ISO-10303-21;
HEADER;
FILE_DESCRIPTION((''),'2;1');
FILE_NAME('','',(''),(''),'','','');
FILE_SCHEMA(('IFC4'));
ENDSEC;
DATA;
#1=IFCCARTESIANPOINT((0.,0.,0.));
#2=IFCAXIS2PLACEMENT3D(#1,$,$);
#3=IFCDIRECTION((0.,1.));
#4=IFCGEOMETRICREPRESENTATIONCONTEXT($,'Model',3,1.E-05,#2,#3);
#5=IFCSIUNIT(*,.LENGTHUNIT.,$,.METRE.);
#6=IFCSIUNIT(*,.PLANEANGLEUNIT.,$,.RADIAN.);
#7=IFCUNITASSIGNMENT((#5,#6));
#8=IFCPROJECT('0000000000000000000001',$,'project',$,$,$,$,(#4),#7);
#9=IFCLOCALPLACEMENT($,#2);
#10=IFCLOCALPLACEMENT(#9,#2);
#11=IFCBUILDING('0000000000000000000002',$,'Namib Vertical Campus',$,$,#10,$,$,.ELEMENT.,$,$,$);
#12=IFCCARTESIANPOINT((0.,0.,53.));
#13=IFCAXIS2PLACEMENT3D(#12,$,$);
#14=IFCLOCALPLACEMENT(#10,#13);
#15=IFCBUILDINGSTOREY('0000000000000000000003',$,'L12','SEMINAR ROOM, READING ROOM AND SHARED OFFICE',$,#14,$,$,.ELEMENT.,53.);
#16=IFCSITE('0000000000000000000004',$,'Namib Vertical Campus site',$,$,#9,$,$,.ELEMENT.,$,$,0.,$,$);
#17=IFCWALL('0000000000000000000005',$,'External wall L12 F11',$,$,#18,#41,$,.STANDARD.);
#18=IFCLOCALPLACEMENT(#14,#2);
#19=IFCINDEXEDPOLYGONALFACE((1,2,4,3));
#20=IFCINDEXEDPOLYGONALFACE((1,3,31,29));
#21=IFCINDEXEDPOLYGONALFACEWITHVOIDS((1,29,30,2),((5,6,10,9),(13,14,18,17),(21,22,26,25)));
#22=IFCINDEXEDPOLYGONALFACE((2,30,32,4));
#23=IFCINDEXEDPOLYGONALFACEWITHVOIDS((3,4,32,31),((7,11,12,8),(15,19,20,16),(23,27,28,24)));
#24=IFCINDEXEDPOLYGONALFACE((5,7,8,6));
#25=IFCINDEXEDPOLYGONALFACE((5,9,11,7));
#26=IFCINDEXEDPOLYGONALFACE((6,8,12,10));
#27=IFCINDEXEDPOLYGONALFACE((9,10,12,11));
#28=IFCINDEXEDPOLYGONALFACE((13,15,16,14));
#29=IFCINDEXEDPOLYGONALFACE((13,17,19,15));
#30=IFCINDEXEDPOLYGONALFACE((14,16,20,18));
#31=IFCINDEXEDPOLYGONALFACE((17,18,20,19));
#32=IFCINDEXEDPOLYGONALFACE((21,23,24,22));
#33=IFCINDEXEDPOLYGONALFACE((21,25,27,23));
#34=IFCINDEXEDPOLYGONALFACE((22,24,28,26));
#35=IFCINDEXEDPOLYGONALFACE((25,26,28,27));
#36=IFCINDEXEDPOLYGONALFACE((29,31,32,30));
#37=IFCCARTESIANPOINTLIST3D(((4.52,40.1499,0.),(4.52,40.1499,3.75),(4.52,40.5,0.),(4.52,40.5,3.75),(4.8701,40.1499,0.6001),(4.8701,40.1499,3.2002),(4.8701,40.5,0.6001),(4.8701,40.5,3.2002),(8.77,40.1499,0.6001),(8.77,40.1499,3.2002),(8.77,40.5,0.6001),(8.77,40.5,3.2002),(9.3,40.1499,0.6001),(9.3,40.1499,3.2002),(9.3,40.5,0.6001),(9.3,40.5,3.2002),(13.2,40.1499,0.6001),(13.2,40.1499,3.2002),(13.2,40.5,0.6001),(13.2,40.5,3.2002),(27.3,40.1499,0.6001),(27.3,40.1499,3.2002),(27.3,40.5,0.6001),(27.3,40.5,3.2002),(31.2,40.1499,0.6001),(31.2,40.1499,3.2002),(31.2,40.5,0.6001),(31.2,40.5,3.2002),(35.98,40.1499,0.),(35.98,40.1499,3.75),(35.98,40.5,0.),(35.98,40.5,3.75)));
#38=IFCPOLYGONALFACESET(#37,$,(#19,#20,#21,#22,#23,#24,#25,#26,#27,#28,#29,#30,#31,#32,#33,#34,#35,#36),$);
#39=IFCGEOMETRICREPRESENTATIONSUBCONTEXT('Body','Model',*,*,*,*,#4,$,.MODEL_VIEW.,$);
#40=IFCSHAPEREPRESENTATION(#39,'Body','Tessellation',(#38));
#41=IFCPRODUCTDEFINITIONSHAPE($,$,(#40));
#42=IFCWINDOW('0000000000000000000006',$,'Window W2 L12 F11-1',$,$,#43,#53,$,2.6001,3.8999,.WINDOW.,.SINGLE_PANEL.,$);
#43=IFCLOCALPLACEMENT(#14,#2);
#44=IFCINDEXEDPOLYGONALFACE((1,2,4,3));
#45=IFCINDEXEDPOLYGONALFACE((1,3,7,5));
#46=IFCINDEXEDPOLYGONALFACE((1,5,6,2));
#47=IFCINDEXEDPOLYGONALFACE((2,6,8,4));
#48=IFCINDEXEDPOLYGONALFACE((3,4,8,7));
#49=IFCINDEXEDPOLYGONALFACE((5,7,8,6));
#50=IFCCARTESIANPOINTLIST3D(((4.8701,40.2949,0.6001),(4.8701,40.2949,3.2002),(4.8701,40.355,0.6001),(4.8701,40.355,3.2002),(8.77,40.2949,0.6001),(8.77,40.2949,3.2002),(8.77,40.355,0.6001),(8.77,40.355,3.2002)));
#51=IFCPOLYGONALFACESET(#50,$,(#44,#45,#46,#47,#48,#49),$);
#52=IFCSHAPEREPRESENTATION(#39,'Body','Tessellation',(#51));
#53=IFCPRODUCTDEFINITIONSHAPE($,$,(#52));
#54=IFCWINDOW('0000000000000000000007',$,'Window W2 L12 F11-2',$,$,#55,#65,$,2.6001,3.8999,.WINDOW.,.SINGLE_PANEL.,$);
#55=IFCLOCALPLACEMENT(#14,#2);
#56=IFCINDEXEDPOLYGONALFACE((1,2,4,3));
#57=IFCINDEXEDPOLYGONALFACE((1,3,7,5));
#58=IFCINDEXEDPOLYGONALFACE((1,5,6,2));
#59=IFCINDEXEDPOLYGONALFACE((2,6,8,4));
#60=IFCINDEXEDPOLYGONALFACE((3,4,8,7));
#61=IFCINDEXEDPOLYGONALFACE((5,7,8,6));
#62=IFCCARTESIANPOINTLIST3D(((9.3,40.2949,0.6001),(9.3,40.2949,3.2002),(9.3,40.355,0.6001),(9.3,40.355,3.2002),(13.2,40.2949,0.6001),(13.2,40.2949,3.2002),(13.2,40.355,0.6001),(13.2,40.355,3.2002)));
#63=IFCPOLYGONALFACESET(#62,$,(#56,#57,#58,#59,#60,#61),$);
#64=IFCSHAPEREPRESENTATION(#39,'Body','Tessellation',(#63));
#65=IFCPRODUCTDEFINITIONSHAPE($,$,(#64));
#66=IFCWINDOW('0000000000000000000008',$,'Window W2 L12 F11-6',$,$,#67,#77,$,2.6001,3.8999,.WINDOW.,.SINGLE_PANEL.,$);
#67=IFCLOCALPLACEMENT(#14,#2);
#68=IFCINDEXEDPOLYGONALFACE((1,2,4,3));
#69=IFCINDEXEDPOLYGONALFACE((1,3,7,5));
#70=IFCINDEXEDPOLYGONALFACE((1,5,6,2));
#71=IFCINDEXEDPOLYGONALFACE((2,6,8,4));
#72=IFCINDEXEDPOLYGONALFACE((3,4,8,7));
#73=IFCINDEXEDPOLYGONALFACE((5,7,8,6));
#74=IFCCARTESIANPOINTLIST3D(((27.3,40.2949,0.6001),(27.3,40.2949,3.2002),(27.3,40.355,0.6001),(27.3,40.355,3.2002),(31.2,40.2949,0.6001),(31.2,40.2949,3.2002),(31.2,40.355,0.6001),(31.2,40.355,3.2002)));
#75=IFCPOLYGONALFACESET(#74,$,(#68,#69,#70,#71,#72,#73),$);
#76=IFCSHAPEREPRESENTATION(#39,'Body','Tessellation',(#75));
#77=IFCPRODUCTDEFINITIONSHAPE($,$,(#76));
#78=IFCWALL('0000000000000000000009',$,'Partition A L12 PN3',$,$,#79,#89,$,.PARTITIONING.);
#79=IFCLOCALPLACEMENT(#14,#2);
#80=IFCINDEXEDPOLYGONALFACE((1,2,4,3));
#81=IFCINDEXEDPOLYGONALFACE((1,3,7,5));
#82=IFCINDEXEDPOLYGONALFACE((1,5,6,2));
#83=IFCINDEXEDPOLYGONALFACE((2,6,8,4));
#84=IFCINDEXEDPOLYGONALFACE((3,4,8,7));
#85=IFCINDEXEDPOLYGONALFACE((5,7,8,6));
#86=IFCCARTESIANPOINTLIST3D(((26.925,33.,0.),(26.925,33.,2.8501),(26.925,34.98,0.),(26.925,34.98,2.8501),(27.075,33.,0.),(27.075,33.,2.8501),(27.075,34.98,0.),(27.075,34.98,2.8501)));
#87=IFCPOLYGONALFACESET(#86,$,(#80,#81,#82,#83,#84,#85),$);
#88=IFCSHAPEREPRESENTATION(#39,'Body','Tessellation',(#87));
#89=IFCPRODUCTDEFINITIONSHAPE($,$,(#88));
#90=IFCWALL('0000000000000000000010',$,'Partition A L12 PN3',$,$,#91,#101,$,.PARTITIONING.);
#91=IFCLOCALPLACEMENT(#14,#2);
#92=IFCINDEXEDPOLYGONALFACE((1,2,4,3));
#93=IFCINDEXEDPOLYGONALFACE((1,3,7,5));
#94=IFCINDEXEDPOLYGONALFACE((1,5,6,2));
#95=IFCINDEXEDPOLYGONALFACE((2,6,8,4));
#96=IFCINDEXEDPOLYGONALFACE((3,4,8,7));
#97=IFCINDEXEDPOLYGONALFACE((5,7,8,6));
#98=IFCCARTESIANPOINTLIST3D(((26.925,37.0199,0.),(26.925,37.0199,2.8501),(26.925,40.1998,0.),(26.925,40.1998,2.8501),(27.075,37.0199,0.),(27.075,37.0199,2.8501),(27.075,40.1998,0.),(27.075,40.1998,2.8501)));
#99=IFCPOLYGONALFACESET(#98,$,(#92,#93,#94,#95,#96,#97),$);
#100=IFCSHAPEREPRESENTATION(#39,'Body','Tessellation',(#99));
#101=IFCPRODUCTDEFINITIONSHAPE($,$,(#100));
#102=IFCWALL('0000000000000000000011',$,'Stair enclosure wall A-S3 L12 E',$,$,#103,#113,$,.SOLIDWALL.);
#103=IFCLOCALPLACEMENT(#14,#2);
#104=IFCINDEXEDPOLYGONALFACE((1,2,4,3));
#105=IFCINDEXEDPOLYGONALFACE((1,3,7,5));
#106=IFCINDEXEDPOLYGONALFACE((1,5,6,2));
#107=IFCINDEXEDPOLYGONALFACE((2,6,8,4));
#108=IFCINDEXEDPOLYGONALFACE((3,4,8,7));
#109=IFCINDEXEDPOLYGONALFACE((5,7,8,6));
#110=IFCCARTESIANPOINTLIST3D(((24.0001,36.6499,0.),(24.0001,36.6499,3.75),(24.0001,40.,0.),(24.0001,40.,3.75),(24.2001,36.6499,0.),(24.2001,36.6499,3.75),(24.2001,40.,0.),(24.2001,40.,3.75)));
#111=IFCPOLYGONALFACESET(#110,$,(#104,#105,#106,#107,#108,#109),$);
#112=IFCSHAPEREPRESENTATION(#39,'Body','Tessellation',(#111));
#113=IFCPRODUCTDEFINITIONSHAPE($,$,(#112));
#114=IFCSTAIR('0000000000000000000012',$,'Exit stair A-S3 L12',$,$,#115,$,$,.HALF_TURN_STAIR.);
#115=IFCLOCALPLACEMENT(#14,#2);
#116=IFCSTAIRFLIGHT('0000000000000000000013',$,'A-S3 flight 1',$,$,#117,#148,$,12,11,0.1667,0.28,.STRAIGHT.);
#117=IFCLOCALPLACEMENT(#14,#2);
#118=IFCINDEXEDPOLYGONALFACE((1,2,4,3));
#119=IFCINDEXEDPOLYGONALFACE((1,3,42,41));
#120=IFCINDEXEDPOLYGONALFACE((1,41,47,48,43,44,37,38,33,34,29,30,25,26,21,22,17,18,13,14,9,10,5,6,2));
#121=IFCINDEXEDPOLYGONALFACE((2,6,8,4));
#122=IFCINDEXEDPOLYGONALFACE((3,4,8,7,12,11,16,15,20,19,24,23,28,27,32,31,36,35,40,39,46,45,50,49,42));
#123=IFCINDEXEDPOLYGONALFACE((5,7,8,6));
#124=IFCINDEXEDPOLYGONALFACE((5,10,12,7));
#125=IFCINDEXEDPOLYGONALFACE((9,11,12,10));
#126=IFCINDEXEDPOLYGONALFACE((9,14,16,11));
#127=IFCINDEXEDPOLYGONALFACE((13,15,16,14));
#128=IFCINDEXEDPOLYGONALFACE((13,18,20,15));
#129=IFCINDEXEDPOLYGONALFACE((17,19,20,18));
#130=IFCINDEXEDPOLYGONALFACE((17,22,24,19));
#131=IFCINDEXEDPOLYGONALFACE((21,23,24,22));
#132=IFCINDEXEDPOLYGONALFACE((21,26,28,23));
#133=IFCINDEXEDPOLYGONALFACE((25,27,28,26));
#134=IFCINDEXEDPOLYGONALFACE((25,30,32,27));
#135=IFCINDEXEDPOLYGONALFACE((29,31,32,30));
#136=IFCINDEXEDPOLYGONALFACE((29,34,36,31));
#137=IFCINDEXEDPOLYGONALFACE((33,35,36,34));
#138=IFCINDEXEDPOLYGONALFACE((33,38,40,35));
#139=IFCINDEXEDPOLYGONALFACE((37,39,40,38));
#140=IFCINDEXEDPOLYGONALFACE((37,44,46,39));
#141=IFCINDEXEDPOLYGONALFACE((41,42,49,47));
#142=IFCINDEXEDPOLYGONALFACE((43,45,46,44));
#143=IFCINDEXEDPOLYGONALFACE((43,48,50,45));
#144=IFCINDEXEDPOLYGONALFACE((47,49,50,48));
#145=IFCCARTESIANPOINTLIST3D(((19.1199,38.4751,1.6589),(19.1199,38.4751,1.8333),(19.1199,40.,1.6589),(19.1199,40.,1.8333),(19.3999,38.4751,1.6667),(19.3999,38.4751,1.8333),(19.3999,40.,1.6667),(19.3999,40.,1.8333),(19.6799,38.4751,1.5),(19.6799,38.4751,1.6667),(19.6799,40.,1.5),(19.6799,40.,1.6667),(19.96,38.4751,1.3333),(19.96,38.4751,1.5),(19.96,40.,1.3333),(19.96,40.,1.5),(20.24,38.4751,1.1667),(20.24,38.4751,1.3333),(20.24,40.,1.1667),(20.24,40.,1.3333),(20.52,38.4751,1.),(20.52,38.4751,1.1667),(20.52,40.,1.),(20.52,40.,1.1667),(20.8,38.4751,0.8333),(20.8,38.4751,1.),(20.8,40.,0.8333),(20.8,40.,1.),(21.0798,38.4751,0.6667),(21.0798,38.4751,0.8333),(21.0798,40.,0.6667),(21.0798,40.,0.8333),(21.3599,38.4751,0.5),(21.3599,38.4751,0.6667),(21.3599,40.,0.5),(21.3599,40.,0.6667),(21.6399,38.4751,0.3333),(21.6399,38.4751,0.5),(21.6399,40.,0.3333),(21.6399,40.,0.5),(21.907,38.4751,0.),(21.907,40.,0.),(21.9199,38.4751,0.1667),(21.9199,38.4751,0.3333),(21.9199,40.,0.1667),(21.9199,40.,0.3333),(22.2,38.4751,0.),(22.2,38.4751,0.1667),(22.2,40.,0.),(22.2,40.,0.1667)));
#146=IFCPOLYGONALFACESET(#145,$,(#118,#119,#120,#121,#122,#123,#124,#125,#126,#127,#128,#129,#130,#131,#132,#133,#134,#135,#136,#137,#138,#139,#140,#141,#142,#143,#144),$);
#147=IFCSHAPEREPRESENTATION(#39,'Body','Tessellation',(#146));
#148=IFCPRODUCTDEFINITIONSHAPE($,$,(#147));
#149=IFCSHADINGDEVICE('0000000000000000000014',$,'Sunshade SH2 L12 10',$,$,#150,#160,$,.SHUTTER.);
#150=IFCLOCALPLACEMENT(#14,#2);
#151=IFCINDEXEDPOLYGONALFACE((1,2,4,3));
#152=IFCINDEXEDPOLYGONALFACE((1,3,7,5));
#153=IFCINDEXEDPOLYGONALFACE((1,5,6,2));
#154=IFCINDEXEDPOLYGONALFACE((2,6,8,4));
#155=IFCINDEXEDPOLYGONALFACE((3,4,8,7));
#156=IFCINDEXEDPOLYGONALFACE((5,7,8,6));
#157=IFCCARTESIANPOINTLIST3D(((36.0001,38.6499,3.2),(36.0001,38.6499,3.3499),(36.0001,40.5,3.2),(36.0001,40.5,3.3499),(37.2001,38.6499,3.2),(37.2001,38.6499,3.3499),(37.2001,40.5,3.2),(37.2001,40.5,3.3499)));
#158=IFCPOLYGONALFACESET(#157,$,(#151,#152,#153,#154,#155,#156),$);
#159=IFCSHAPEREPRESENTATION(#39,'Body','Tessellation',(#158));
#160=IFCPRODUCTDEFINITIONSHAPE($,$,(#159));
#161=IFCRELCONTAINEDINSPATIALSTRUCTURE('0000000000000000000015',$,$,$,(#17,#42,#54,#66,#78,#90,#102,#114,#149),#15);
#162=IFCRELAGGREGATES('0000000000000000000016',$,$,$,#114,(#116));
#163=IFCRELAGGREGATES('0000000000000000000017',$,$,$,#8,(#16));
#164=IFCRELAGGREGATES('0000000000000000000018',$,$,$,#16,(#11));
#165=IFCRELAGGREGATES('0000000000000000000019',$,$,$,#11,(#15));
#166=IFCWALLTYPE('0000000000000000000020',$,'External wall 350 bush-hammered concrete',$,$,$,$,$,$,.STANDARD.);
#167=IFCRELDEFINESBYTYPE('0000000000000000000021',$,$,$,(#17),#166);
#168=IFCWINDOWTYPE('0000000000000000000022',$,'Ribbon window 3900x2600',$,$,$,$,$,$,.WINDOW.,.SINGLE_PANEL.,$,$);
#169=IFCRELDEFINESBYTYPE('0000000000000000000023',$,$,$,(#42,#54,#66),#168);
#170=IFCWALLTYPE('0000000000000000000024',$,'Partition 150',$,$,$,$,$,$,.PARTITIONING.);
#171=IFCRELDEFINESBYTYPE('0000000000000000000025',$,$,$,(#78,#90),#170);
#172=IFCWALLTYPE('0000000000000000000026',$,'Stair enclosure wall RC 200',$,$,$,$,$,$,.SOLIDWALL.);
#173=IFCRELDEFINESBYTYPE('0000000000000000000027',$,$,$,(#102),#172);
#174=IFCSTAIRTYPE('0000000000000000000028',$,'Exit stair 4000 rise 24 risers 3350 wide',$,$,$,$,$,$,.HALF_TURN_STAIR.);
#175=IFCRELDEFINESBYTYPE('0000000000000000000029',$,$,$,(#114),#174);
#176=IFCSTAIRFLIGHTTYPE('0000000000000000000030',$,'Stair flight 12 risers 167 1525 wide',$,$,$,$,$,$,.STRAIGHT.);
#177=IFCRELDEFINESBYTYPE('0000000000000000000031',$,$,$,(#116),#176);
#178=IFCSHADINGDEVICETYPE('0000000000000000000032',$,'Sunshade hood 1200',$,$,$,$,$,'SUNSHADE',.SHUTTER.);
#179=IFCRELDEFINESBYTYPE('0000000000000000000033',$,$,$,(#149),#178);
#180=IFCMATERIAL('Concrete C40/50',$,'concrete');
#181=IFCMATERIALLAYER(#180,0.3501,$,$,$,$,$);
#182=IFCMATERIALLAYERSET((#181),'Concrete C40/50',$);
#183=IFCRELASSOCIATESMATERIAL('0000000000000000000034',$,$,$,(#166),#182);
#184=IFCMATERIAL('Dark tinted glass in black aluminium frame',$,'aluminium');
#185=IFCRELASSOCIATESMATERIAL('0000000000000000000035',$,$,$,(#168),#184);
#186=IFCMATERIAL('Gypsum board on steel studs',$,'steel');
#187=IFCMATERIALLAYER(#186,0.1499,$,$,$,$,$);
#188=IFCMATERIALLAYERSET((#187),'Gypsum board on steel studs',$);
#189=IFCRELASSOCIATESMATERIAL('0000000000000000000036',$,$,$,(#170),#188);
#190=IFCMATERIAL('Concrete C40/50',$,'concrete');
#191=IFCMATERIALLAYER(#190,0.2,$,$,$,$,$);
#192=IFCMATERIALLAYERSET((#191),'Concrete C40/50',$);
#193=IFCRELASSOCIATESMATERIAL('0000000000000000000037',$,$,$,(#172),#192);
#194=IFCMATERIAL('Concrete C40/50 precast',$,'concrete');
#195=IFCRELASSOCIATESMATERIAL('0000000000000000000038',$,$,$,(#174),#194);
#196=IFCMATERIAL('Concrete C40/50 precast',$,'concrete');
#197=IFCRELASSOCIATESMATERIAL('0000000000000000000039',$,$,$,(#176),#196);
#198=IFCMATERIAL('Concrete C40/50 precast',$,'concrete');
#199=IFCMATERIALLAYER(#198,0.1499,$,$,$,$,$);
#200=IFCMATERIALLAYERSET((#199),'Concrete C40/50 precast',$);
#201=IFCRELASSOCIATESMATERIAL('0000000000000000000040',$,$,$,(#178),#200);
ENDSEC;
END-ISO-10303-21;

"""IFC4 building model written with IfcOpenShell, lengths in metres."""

from ifc_helpers import new_model, si_unit, direction, frame, frame_2d, origin, origin_2d, place, context, subcontext, project, spatial, polyline, rectangle, outline, extrude, material, layer, layer_set, type_object, element, fill, aggregate, save


model = new_model("IFC4")

# Units and contexts
model_context = context("Model", 3, precision=1e-05, world=origin(), true_north=direction((0.0, 1.0)))
body_context = subcontext(model_context, "Body", "Model", "MODEL_VIEW")
ifc_project = project(units=[si_unit("LENGTHUNIT", "METRE"), si_unit("PLANEANGLEUNIT", "RADIAN")], contexts=[model_context])

# Site, building, storey
site_placement = place(None, origin())
site = spatial("IfcSite", under=ifc_project, at=site_placement, Name="Namib Vertical Campus site", CompositionType="ELEMENT", RefElevation=0.0)
building_placement = place(site_placement, origin())
building = spatial("IfcBuilding", under=site, at=building_placement, Name="Namib Vertical Campus", CompositionType="ELEMENT")
storey_placement = place(building_placement, frame((0.0, 0.0, 53.0)))
storey = spatial("IfcBuildingStorey", under=building, at=storey_placement, Name="L12", Description="SEMINAR ROOM, READING ROOM AND SHARED OFFICE", CompositionType="ELEMENT", Elevation=53.0)

# Shared definitions
ifc_material_1 = material(Name="Concrete C40/50", Category="concrete")
ifc_layer_1 = layer(ifc_material_1, 0.3501)
ifc_layer_set_1 = layer_set([ifc_layer_1], Name="Concrete C40/50")
wall_type_1 = type_object("IfcWallType", Name="External wall 350 bush-hammered concrete", PredefinedType="STANDARD", material=ifc_layer_set_1)

# Wall, openings, windows
wall_1_placement = place(storey_placement, frame((35.98, 40.325, 0.0), z_axis=(0.0, 0.0, 1.0), x_axis=(-1.0, 0.0, 0.0)))
wall_1 = element("IfcWall", 1, at=wall_1_placement, inside=storey, type_object=wall_type_1, Name="External wall L12 F11", PredefinedType="STANDARD", context=body_context, shape_type="SweptSolid", body=[
    extrude(rectangle(XDim=31.46, YDim=0.3501, at=frame_2d((15.73, 0.0))), origin(), (0.0, 0.0, 1.0), 3.75),
])
opening_1_placement = place(wall_1_placement, frame((27.21, 0.0, 0.6001)))
opening_1 = element("IfcOpeningElement", 2, at=opening_1_placement, cuts=wall_1, PredefinedType="OPENING", context=body_context, shape_type="SweptSolid", body=[
    extrude(rectangle(XDim=3.8999, YDim=2.6001, at=frame_2d((1.95, 1.3))), frame((0.0, 0.1851, 0.0), z_axis=(0.0, -1.0, 0.0), x_axis=(1.0, 0.0, 0.0)), (0.0, 0.0, 1.0), 0.3701),
])
opening_2_placement = place(wall_1_placement, frame((22.78, 0.0, 0.6001)))
opening_2 = element("IfcOpeningElement", 3, at=opening_2_placement, cuts=wall_1, PredefinedType="OPENING", context=body_context, shape_type="SweptSolid", body=[
    extrude(rectangle(XDim=3.8999, YDim=2.6001, at=frame_2d((1.95, 1.3))), frame((0.0, 0.1851, 0.0), z_axis=(0.0, -1.0, 0.0), x_axis=(1.0, 0.0, 0.0)), (0.0, 0.0, 1.0), 0.3701),
])
opening_3_placement = place(wall_1_placement, frame((4.78, 0.0, 0.6001)))
opening_3 = element("IfcOpeningElement", 4, at=opening_3_placement, cuts=wall_1, PredefinedType="OPENING", context=body_context, shape_type="SweptSolid", body=[
    extrude(rectangle(XDim=3.8999, YDim=2.6001, at=frame_2d((1.95, 1.3))), frame((0.0, 0.1851, 0.0), z_axis=(0.0, -1.0, 0.0), x_axis=(1.0, 0.0, 0.0)), (0.0, 0.0, 1.0), 0.3701),
])
ifc_material_2 = material(Name="Dark tinted glass in black aluminium frame", Category="aluminium")
window_type = type_object("IfcWindowType", Name="Ribbon window 3900x2600", PartitioningType="SINGLE_PANEL", PredefinedType="WINDOW", material=ifc_material_2)
window_1_placement = place(opening_1_placement, origin())
window_1 = element("IfcWindow", 5, at=window_1_placement, inside=storey, type_object=window_type, Name="Window W2 L12 F11-1", OverallHeight=2.6001, OverallWidth=3.8999, PartitioningType="SINGLE_PANEL", PredefinedType="WINDOW", context=body_context, shape_type="SweptSolid", body=[
    extrude(rectangle(XDim=3.8999, YDim=2.6001, at=frame_2d((1.95, 1.3))), frame((0.0, 0.03, 0.0), z_axis=(0.0, -1.0, 0.0), x_axis=(1.0, 0.0, 0.0)), (0.0, 0.0, 1.0), 0.0601),
])
fill(opening_1, window_1)
window_2_placement = place(opening_2_placement, origin())
window_2 = element("IfcWindow", 6, at=window_2_placement, inside=storey, type_object=window_type, Name="Window W2 L12 F11-2", OverallHeight=2.6001, OverallWidth=3.8999, PartitioningType="SINGLE_PANEL", PredefinedType="WINDOW", context=body_context, shape_type="SweptSolid", body=[
    extrude(rectangle(XDim=3.8999, YDim=2.6001, at=frame_2d((1.95, 1.3))), frame((0.0, 0.03, 0.0), z_axis=(0.0, -1.0, 0.0), x_axis=(1.0, 0.0, 0.0)), (0.0, 0.0, 1.0), 0.0601),
])
fill(opening_2, window_2)
window_3_placement = place(opening_3_placement, origin())
window_3 = element("IfcWindow", 7, at=window_3_placement, inside=storey, type_object=window_type, Name="Window W2 L12 F11-6", OverallHeight=2.6001, OverallWidth=3.8999, PartitioningType="SINGLE_PANEL", PredefinedType="WINDOW", context=body_context, shape_type="SweptSolid", body=[
    extrude(rectangle(XDim=3.8999, YDim=2.6001, at=frame_2d((1.95, 1.3))), frame((0.0, 0.03, 0.0), z_axis=(0.0, -1.0, 0.0), x_axis=(1.0, 0.0, 0.0)), (0.0, 0.0, 1.0), 0.0601),
])
fill(opening_3, window_3)

# Walls
ifc_material_3 = material(Name="Gypsum board on steel studs", Category="steel")
ifc_layer_2 = layer(ifc_material_3, 0.1499)
ifc_layer_set_2 = layer_set([ifc_layer_2], Name="Gypsum board on steel studs")
wall_type_2 = type_object("IfcWallType", Name="Partition 150", PredefinedType="PARTITIONING", material=ifc_layer_set_2)
wall_2_placement = place(storey_placement, frame((27.0, 33.0, 0.0), z_axis=(0.0, 0.0, 1.0), x_axis=(0.0, 1.0, 0.0)))
element("IfcWall", 8, at=wall_2_placement, inside=storey, type_object=wall_type_2, Name="Partition A L12 PN3", PredefinedType="PARTITIONING", context=body_context, shape_type="SweptSolid", body=[
    extrude(rectangle(XDim=1.98, YDim=0.1499, at=frame_2d((0.99, 0.0))), origin(), (0.0, 0.0, 1.0), 2.8501),
])
wall_3_placement = place(storey_placement, frame((27.0, 37.02, 0.0), z_axis=(0.0, 0.0, 1.0), x_axis=(0.0, 1.0, 0.0)))
element("IfcWall", 9, at=wall_3_placement, inside=storey, type_object=wall_type_2, Name="Partition A L12 PN3", PredefinedType="PARTITIONING", context=body_context, shape_type="SweptSolid", body=[
    extrude(rectangle(XDim=3.1799, YDim=0.1499, at=frame_2d((1.5898, 0.0))), origin(), (0.0, 0.0, 1.0), 2.8501),
])
ifc_material_4 = material(Name="Concrete C40/50", Category="concrete")
ifc_layer_3 = layer(ifc_material_4, 0.2)
ifc_layer_set_3 = layer_set([ifc_layer_3], Name="Concrete C40/50")
wall_type_3 = type_object("IfcWallType", Name="Stair enclosure wall RC 200", PredefinedType="SOLIDWALL", material=ifc_layer_set_3)
wall_4_placement = place(storey_placement, frame((24.1001, 36.6499, 0.0), z_axis=(0.0, 0.0, 1.0), x_axis=(0.0, 1.0, 0.0)))
element("IfcWall", 10, at=wall_4_placement, inside=storey, type_object=wall_type_3, Name="Stair enclosure wall A-S3 L12 E", PredefinedType="SOLIDWALL", context=body_context, shape_type="SweptSolid", body=[
    extrude(rectangle(XDim=3.3501, YDim=0.2, at=frame_2d((1.675, 0.0))), origin(), (0.0, 0.0, 1.0), 3.75),
])

# Stair, stair flight
ifc_material_5 = material(Name="Concrete C40/50 precast", Category="concrete")
stair_type = type_object("IfcStairType", Name="Exit stair 4000 rise 24 risers 3350 wide", PredefinedType="HALF_TURN_STAIR", material=ifc_material_5)
stair_placement = place(storey_placement, origin())
stair = element("IfcStair", 11, at=stair_placement, inside=storey, type_object=stair_type, Name="Exit stair A-S3 L12", PredefinedType="HALF_TURN_STAIR")
ifc_material_6 = material(Name="Concrete C40/50 precast", Category="concrete")
stair_flight_type = type_object("IfcStairFlightType", Name="Stair flight 12 risers 167 1525 wide", PredefinedType="STRAIGHT", material=ifc_material_6)
stair_flight_placement = place(storey_placement, frame((22.2, 39.2375, 0.0), z_axis=(0.0, 0.0, 1.0), x_axis=(-1.0, 0.0, 0.0)))
stair_flight = element("IfcStairFlight", 12, at=stair_flight_placement, type_object=stair_flight_type, Name="A-S3 flight 1", NumberOfRisers=12, NumberOfTreads=11, PredefinedType="STRAIGHT", RiserHeight=0.1667, TreadLength=0.28, context=body_context, shape_type="SweptSolid", body=[
    extrude(outline(polyline([(0.0, 0.0), (0.0, 0.1667), (0.28, 0.1667), (0.28, 0.3333), (0.5601, 0.3333), (0.5601, 0.5), (0.8401, 0.5), (0.8401, 0.6667), (1.1201, 0.6667), (1.1201, 0.8333), (1.3999, 0.8333), (1.3999, 1.0), (1.6799, 1.0), (1.6799, 1.1667), (1.96, 1.1667), (1.96, 1.3333), (2.24, 1.3333), (2.24, 1.5), (2.52, 1.5), (2.52, 1.6667), (2.8, 1.6667), (2.8, 1.8333), (3.0801, 1.8333), (3.0801, 2.0), (3.0801, 1.6589), (0.293, 0.0), (0.0, 0.0)])), frame((0.0, 0.7625, 0.0), z_axis=(0.0, -1.0, 0.0), x_axis=(1.0, 0.0, 0.0)), (0.0, 0.0, 1.0), 1.5249),
])
aggregate(stair, [stair_flight])

# Shading device
ifc_material_7 = material(Name="Concrete C40/50 precast", Category="concrete")
ifc_layer_4 = layer(ifc_material_7, 0.1499)
ifc_layer_set_4 = layer_set([ifc_layer_4], Name="Concrete C40/50 precast")
shading_device_type = type_object("IfcShadingDeviceType", Name="Sunshade hood 1200", ElementType="SUNSHADE", PredefinedType="SHUTTER", material=ifc_layer_set_4)
shading_device_placement = place(storey_placement, frame((36.6001, 39.575, 3.2), z_axis=(0.0, 0.0, 1.0), x_axis=(0.0, 1.0, 0.0)))
element("IfcShadingDevice", 13, at=shading_device_placement, inside=storey, type_object=shading_device_type, Name="Sunshade SH2 L12 10", PredefinedType="SHUTTER", context=body_context, shape_type="SweptSolid", body=[
    extrude(rectangle(XDim=1.8501, YDim=1.2, at=origin_2d()), origin(), (0.0, 0.0, 1.0), 0.1499),
])

save(model, "model.ifc")
